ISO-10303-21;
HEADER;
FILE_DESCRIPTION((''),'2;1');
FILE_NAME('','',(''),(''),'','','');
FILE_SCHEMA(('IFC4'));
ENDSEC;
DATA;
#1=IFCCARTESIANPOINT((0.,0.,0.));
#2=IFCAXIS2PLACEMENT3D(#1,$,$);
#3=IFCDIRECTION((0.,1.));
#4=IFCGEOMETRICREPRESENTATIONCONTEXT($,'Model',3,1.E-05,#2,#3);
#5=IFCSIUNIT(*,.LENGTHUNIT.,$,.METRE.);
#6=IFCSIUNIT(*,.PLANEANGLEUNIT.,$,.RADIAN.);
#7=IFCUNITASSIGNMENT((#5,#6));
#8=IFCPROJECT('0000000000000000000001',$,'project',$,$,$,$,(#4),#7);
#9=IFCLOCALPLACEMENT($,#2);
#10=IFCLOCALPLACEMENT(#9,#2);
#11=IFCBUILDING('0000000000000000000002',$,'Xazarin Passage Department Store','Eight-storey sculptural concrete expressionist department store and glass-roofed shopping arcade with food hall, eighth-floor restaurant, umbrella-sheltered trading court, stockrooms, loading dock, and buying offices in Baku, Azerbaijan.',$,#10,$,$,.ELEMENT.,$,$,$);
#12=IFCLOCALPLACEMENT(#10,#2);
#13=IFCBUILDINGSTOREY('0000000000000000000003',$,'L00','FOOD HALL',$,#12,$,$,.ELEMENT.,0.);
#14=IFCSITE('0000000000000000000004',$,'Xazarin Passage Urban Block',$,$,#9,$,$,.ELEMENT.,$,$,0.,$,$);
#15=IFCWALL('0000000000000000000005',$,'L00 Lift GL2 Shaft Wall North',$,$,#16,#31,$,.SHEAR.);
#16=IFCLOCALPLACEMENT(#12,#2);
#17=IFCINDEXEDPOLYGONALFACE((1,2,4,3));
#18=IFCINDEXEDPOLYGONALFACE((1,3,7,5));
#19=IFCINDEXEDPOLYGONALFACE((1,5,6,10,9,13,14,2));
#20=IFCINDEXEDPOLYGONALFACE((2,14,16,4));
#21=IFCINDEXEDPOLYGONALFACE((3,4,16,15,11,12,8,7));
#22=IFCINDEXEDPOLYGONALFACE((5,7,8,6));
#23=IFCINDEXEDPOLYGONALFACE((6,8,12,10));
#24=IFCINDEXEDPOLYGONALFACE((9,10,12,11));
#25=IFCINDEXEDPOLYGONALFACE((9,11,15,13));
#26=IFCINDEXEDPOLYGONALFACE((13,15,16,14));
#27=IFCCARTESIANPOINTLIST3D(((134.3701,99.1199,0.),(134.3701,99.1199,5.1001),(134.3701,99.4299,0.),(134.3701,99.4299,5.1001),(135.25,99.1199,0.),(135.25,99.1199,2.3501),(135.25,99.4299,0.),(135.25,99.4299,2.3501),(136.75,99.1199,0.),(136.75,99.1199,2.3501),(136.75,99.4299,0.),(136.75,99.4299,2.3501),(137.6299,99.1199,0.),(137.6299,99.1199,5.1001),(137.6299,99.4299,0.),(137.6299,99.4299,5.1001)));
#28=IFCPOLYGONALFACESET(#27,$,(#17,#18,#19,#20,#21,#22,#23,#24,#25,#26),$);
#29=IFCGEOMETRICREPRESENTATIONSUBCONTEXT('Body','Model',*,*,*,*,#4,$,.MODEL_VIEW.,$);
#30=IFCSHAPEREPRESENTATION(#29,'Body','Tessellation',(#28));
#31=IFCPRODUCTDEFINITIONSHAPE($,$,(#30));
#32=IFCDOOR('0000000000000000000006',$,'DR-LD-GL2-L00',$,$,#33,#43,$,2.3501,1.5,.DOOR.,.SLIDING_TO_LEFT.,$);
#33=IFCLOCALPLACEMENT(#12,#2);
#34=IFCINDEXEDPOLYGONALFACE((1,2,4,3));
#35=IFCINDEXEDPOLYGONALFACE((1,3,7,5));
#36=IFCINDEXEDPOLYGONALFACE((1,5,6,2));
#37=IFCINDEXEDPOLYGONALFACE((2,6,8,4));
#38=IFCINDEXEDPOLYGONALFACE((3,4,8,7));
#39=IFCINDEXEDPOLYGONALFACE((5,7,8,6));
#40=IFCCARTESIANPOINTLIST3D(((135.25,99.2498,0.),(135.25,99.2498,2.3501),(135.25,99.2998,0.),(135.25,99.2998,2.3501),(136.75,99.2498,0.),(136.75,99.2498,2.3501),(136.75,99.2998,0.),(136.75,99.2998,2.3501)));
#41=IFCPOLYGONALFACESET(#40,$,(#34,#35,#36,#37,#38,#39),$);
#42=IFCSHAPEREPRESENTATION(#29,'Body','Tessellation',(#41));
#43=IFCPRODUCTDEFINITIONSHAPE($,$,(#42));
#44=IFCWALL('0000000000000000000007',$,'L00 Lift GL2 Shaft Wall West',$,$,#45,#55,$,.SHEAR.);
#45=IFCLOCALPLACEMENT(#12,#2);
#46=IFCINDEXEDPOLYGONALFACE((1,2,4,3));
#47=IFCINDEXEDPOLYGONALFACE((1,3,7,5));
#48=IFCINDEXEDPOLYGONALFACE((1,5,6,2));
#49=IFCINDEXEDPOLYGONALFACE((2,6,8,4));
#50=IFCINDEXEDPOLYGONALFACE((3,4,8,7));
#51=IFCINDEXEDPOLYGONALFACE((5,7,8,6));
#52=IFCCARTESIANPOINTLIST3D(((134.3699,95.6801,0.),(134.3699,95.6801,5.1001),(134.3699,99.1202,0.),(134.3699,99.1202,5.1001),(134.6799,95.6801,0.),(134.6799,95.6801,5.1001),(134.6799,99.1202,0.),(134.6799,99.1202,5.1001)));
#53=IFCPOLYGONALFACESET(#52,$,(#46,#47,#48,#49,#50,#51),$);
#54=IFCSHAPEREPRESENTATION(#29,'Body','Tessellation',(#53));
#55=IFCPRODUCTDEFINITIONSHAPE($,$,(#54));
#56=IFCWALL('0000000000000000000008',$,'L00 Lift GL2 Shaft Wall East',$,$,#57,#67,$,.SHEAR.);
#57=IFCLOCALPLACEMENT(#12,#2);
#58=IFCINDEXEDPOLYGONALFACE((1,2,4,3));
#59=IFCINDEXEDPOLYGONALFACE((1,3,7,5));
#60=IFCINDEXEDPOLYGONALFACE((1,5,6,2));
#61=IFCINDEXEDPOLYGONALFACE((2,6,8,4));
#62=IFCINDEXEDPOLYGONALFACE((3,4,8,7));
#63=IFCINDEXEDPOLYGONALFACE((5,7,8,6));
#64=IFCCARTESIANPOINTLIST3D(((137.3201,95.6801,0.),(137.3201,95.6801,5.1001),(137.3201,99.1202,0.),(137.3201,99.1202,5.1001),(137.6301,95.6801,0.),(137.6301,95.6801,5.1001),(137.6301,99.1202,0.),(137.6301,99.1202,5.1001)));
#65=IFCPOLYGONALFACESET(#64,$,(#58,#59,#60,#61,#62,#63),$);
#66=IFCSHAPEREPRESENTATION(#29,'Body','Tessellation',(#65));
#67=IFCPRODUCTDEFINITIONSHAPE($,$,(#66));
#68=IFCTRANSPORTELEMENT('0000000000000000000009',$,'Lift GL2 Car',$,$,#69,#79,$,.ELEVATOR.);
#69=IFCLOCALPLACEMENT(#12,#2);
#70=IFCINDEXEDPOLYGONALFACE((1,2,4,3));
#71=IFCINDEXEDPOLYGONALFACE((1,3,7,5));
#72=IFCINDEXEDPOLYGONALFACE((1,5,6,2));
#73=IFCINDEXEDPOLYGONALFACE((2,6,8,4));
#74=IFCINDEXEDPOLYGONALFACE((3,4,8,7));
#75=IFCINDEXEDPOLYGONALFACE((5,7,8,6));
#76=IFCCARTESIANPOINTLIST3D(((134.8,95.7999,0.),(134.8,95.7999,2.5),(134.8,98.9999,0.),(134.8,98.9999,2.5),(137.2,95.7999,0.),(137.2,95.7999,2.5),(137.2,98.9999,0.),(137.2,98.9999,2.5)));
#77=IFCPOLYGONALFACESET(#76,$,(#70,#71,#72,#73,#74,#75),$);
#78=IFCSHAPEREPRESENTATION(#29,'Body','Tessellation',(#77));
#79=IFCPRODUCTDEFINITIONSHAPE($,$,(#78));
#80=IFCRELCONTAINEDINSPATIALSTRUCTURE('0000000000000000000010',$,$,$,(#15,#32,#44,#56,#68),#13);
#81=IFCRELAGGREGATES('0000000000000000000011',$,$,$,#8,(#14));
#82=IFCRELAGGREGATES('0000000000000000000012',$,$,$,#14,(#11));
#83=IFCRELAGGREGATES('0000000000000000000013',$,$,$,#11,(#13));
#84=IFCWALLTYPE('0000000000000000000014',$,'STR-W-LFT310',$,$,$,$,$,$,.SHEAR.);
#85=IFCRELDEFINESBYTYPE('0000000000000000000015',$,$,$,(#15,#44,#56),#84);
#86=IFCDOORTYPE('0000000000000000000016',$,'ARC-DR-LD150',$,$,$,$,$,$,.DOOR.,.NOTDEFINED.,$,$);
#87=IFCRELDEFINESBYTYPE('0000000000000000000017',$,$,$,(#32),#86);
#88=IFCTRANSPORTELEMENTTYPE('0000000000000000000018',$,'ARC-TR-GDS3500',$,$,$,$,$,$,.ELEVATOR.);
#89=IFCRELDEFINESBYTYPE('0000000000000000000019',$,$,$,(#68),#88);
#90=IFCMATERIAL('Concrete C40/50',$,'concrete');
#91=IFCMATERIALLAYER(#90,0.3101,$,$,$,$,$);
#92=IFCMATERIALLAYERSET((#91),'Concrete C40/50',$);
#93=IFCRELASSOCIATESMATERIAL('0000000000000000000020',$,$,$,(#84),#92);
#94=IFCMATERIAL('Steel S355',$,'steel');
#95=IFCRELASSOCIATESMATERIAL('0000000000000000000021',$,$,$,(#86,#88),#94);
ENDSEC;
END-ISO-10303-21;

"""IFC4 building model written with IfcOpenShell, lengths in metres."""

from ifc_helpers import new_model, si_unit, direction, frame, frame_2d, origin, origin_2d, place, context, subcontext, project, spatial, rectangle, extrude, material, layer, layer_set, type_object, element, fill, save


model = new_model("IFC4")

# Units and contexts
model_context = context("Model", 3, precision=1e-05, world=origin(), true_north=direction((0.0, 1.0)))
body_context = subcontext(model_context, "Body", "Model", "MODEL_VIEW")
ifc_project = project(units=[si_unit("LENGTHUNIT", "METRE"), si_unit("PLANEANGLEUNIT", "RADIAN")], contexts=[model_context])

# Site, building, storey
site_placement = place(None, origin())
site = spatial("IfcSite", under=ifc_project, at=site_placement, Name="Xazarin Passage Urban Block", CompositionType="ELEMENT", RefElevation=0.0)
building_placement = place(site_placement, origin())
building = spatial("IfcBuilding", under=site, at=building_placement, Name="Xazarin Passage Department Store", Description="Eight-storey sculptural concrete expressionist department store and glass-roofed shopping arcade with food hall, eighth-floor restaurant, umbrella-sheltered trading court, stockrooms, loading dock, and buying offices in Baku, Azerbaijan.", CompositionType="ELEMENT")
storey_placement = place(building_placement, origin())
storey = spatial("IfcBuildingStorey", under=building, at=storey_placement, Name="L00", Description="FOOD HALL", CompositionType="ELEMENT", Elevation=0.0)

# Shared definitions
ifc_material_1 = material(Name="Concrete C40/50", Category="concrete")

# Shared definitions
ifc_layer_1 = layer(ifc_material_1, 0.3101)
ifc_layer_set_1 = layer_set([ifc_layer_1], Name="Concrete C40/50")
wall_type_1 = type_object("IfcWallType", Name="STR-W-LFT310", PredefinedType="SHEAR", material=ifc_layer_set_1)

# Wall, opening, door
wall_1_placement = place(storey_placement, frame((134.3701, 99.2749, 0.0), z_axis=(0.0, 0.0, 1.0), x_axis=(1.0, 0.0, 0.0)))
wall_1 = element("IfcWall", 1, at=wall_1_placement, inside=storey, type_object=wall_type_1, Name="L00 Lift GL2 Shaft Wall North", PredefinedType="SHEAR", context=body_context, shape_type="SweptSolid", body=[
    extrude(rectangle(XDim=3.2598, YDim=0.3101, at=frame_2d((1.6299, 0.0))), origin(), (0.0, 0.0, 1.0), 5.1001),
])
opening_1_placement = place(wall_1_placement, frame((0.8799, 0.0, 0.0)))
opening_1 = element("IfcOpeningElement", 2, at=opening_1_placement, cuts=wall_1, PredefinedType="OPENING", context=body_context, shape_type="SweptSolid", body=[
    extrude(rectangle(XDim=1.5, YDim=2.3501, at=frame_2d((0.75, 1.175))), frame((0.0, 0.165, 0.0), z_axis=(0.0, -1.0, 0.0), x_axis=(1.0, 0.0, 0.0)), (0.0, 0.0, 1.0), 0.3301),
])
ifc_material_2 = material(Name="Steel S355", Category="steel")
door_type_1 = type_object("IfcDoorType", Name="ARC-DR-LD150", OperationType="NOTDEFINED", PredefinedType="DOOR", material=ifc_material_2)
door_1_placement = place(opening_1_placement, origin())
door_1 = element("IfcDoor", 3, at=door_1_placement, inside=storey, type_object=door_type_1, Name="DR-LD-GL2-L00", OperationType="SLIDING_TO_LEFT", OverallHeight=2.3501, OverallWidth=1.5, PredefinedType="DOOR", context=body_context, shape_type="SweptSolid", body=[
    extrude(rectangle(XDim=1.5, YDim=2.3501, at=frame_2d((0.75, 1.175))), frame((0.0, 0.0249, 0.0), z_axis=(0.0, -1.0, 0.0), x_axis=(1.0, 0.0, 0.0)), (0.0, 0.0, 1.0), 0.05),
])
fill(opening_1, door_1)

# Walls
for number, where, z_axis, x_axis, name in (
    (4, (134.5249, 95.6799, 0.0), (0.0, 0.0, 1.0), (0.0, 1.0, 0.0), "L00 Lift GL2 Shaft Wall West"),
    (5, (137.4751, 95.6799, 0.0), (0.0, 0.0, 1.0), (0.0, 1.0, 0.0), "L00 Lift GL2 Shaft Wall East"),
):
    element("IfcWall", number, at=place(storey_placement, frame(where, z_axis=z_axis, x_axis=x_axis)), inside=storey, type_object=wall_type_1, Name=name, PredefinedType="SHEAR", context=body_context, shape_type="SweptSolid", body=[
        extrude(rectangle(XDim=3.4402, YDim=0.3101, at=frame_2d((1.7202, 0.0))), origin(), (0.0, 0.0, 1.0), 5.1001),
    ])

# Transport element
transport_element_type = type_object("IfcTransportElementType", Name="ARC-TR-GDS3500", PredefinedType="ELEVATOR", material=ifc_material_2)
transport_element_placement = place(storey_placement, frame((136.0, 97.3999, 0.0), z_axis=(0.0, 0.0, 1.0), x_axis=(1.0, 0.0, 0.0)))
element("IfcTransportElement", 6, at=transport_element_placement, inside=storey, type_object=transport_element_type, Name="Lift GL2 Car", PredefinedType="ELEVATOR", context=body_context, shape_type="SweptSolid", body=[
    extrude(rectangle(XDim=2.3999, YDim=3.2, at=origin_2d()), origin(), (0.0, 0.0, 1.0), 2.5),
])

save(model, "model.ifc")
